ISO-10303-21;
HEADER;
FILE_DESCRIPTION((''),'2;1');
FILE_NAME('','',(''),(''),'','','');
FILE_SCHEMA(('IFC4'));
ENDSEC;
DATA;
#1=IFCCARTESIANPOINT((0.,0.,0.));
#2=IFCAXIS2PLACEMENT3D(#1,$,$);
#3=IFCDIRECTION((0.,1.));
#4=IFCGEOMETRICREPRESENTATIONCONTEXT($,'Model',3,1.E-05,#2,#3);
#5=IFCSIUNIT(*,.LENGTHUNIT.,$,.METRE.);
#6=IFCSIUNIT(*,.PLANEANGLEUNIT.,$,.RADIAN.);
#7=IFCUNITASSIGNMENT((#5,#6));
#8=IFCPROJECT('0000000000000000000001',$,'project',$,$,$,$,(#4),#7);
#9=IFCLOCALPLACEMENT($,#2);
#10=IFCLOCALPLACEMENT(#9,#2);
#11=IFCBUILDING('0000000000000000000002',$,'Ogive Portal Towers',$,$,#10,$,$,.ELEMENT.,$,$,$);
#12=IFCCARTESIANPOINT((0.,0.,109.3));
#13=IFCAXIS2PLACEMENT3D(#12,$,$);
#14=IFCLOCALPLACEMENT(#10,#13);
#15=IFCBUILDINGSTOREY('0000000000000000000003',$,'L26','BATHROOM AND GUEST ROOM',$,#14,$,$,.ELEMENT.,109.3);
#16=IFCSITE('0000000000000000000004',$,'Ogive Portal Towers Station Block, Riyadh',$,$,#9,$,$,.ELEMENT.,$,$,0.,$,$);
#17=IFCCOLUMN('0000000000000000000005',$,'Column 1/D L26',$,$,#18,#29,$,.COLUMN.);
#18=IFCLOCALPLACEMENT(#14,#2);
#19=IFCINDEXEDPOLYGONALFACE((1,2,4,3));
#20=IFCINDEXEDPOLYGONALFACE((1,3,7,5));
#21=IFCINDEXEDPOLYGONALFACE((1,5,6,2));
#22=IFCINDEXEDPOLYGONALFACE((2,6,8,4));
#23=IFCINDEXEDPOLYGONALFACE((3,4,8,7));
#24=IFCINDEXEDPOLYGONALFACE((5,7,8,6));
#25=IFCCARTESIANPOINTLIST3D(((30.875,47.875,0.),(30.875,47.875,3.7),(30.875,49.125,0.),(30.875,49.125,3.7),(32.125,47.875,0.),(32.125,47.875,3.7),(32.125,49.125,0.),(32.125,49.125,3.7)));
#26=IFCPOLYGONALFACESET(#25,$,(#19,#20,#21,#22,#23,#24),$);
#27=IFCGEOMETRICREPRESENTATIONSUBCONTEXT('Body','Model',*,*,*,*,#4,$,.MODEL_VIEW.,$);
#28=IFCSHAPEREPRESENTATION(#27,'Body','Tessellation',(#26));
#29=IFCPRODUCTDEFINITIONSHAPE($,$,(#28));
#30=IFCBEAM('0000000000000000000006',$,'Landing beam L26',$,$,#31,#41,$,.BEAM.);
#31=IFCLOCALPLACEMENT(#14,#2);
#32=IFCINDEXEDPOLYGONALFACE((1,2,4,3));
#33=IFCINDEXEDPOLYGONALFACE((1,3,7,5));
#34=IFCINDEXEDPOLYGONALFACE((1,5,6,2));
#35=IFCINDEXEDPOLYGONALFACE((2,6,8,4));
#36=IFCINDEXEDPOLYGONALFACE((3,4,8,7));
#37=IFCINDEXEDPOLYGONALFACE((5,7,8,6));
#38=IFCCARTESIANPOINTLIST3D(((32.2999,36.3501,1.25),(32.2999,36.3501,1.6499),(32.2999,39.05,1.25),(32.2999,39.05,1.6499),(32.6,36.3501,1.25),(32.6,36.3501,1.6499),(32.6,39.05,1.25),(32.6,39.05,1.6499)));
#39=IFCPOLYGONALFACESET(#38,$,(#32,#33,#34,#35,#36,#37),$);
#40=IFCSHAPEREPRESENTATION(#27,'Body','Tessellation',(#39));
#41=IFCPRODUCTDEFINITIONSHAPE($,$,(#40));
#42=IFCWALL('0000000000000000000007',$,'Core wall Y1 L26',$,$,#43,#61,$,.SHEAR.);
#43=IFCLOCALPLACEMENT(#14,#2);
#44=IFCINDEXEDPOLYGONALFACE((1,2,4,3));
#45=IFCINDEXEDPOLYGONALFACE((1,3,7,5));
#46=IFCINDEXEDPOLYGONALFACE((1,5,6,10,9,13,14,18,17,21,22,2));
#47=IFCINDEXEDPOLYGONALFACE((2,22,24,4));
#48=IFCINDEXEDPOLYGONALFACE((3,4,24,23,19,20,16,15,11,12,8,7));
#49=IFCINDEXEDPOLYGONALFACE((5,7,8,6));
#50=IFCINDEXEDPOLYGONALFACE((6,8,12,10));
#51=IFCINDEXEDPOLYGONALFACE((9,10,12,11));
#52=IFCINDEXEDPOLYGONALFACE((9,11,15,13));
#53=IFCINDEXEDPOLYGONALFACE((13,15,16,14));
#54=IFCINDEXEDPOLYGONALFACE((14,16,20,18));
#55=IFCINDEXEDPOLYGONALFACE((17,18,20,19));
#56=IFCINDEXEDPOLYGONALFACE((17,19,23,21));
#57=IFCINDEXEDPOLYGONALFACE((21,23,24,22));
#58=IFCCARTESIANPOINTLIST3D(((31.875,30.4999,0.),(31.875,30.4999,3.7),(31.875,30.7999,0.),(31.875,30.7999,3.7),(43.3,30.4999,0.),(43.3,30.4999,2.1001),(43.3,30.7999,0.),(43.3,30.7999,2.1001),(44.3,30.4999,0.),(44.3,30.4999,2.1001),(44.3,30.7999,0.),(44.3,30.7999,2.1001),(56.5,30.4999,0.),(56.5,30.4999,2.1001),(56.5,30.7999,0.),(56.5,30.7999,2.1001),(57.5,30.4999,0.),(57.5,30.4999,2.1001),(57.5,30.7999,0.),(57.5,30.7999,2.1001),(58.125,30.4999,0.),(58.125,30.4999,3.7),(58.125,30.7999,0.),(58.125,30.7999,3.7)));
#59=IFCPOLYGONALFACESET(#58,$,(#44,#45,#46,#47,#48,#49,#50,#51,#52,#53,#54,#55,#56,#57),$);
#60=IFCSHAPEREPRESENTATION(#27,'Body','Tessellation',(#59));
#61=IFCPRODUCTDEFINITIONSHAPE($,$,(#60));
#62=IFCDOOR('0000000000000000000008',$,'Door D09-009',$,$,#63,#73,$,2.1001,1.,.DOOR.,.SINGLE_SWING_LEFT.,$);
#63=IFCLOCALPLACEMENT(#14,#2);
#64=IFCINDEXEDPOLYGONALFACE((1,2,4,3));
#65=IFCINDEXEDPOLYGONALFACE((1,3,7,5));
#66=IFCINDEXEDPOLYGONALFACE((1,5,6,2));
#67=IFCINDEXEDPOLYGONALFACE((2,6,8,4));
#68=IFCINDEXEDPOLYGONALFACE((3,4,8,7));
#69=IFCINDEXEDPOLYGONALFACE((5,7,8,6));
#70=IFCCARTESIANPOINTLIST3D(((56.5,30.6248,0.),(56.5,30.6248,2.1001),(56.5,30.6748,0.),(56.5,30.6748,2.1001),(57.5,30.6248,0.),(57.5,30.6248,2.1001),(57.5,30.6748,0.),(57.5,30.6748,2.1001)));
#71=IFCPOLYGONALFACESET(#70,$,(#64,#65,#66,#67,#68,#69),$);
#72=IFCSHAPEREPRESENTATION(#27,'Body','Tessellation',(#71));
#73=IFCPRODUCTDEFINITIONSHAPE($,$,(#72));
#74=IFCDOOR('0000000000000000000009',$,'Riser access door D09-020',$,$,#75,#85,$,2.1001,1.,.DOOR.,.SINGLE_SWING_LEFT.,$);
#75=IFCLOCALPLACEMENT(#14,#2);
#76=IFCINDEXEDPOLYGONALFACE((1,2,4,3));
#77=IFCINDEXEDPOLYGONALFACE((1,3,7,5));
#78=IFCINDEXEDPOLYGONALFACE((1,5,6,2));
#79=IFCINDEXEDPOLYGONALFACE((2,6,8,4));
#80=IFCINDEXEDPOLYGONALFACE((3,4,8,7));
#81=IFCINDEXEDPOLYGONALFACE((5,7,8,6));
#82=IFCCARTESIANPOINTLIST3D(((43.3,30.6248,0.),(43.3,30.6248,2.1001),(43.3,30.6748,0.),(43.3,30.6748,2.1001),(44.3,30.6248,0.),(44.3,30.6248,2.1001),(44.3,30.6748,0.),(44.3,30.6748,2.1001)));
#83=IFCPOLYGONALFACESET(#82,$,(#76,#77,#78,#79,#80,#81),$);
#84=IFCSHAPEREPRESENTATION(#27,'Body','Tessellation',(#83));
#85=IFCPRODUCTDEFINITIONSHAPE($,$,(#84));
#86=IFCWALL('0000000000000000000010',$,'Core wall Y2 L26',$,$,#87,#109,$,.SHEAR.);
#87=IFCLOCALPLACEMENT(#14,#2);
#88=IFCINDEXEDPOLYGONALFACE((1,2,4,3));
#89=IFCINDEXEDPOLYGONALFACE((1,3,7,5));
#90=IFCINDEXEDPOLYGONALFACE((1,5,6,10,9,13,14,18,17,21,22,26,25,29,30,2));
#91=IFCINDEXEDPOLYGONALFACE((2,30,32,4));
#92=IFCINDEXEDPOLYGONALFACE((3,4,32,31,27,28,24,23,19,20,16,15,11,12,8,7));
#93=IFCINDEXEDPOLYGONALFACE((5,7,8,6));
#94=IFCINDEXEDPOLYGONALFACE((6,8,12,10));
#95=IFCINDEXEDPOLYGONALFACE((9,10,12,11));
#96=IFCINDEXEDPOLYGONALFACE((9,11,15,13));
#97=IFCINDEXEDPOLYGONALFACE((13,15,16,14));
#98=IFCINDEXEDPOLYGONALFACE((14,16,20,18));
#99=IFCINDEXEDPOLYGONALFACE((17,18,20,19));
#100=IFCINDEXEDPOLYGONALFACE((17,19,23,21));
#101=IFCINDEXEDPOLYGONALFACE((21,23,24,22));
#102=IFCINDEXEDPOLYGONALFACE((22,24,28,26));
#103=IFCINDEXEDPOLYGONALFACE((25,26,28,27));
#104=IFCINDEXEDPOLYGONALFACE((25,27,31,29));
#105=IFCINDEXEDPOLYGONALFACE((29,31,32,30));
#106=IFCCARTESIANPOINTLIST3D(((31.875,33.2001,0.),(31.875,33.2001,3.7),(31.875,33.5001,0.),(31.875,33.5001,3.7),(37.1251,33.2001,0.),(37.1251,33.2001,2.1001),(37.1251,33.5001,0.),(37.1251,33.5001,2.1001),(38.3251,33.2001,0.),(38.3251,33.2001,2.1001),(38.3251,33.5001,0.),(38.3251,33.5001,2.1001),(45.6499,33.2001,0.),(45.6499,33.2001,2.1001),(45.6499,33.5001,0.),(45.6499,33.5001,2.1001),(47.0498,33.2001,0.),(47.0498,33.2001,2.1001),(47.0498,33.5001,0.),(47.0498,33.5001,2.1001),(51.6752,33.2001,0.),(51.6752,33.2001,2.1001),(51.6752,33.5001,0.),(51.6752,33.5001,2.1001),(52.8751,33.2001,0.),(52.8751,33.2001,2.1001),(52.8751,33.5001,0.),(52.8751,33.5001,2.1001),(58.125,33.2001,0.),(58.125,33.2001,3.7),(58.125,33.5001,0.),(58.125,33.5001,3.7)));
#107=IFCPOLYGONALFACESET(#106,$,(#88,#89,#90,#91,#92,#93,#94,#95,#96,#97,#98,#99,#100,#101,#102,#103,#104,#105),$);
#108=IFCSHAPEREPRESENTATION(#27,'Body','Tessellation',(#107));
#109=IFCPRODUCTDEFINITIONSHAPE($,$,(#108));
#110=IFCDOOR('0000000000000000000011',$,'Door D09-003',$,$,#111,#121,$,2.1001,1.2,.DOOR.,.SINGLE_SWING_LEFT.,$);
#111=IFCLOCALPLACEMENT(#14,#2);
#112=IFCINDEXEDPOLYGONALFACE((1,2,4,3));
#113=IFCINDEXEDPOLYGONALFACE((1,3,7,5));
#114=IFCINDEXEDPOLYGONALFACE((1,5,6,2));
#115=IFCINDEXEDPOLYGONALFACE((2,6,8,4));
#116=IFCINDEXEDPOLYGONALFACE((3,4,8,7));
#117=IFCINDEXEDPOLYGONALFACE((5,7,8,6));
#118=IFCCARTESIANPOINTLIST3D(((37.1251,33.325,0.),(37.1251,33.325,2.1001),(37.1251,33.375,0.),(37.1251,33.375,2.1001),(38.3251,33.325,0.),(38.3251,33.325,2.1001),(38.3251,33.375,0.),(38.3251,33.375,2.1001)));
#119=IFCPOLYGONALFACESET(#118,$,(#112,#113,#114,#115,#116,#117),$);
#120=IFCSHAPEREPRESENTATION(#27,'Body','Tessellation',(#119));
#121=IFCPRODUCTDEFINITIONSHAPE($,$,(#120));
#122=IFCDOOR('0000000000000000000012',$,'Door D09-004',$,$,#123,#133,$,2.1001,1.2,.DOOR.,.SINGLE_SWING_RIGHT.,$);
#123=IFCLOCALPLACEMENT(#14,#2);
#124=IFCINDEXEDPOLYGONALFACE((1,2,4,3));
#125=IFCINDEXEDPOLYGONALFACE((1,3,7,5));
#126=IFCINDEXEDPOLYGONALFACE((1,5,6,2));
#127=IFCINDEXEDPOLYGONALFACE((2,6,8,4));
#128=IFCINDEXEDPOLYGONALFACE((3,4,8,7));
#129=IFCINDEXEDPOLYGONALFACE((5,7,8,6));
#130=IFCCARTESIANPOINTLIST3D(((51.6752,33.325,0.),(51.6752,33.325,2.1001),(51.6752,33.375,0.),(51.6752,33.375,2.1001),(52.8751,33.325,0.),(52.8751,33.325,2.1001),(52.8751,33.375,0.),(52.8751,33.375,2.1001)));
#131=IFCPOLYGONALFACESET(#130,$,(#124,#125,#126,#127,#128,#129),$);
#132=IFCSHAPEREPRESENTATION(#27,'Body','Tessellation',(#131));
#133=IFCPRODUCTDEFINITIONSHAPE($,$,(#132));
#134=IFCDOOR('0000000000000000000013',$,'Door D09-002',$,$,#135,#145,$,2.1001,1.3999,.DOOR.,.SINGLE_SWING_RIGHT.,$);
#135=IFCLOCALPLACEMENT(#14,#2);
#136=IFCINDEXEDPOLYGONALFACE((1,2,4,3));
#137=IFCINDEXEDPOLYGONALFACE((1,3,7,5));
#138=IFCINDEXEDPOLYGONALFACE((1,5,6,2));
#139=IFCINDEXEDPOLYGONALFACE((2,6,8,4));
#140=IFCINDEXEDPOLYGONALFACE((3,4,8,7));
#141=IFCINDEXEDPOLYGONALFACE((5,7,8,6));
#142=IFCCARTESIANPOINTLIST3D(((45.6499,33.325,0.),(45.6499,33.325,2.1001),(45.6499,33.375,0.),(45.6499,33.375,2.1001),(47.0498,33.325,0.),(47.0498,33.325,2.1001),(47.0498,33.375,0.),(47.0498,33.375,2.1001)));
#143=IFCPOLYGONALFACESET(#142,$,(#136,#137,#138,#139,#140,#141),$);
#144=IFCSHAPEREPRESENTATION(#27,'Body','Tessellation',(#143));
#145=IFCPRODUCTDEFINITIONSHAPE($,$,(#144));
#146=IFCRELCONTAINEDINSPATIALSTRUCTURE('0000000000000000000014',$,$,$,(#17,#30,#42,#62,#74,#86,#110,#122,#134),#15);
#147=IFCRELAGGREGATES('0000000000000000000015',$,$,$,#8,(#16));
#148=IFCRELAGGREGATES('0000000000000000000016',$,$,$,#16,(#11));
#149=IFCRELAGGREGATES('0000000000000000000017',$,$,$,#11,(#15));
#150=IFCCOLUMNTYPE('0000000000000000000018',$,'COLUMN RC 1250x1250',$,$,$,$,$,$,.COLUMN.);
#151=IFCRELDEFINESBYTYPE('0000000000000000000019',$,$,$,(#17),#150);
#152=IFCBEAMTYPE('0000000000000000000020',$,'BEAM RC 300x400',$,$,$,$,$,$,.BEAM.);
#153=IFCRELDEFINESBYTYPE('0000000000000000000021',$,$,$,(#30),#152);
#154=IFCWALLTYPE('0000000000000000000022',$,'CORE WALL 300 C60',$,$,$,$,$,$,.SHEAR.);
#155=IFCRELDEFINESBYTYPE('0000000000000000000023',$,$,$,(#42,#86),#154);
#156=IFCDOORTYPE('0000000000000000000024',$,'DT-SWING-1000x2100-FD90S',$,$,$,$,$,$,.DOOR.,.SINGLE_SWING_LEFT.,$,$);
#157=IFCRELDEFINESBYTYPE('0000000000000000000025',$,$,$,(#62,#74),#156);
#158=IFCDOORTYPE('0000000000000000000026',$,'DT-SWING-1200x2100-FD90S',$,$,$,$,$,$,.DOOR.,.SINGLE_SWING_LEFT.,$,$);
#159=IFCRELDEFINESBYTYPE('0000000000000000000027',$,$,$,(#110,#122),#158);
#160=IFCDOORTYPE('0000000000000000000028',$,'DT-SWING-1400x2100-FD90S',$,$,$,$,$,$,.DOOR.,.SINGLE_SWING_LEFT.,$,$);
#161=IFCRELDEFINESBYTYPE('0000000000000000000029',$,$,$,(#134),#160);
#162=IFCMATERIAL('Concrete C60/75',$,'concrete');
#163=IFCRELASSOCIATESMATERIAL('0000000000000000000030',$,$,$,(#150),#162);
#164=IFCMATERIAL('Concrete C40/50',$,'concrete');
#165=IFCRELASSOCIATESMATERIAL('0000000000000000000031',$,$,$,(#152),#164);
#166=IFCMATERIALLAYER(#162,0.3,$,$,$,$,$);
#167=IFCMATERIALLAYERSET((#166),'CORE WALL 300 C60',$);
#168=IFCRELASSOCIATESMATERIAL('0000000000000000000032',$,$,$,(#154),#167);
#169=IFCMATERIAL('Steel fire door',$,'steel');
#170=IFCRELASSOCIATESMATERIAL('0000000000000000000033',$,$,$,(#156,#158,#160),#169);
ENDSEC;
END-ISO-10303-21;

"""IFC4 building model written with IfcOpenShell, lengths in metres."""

from ifc_helpers import new_model, si_unit, direction, frame, frame_2d, origin, origin_2d, place, context, subcontext, project, spatial, rectangle, extrude, material, layer, layer_set, material_profile, profile_set, type_object, element, fill, save


model = new_model("IFC4")

# Units and contexts
model_context = context("Model", 3, precision=1e-05, world=origin(), true_north=direction((0.0, 1.0)))
body_context = subcontext(model_context, "Body", "Model", "MODEL_VIEW")
ifc_project = project(units=[si_unit("LENGTHUNIT", "METRE"), si_unit("PLANEANGLEUNIT", "RADIAN")], contexts=[model_context])

# Site, building, storey
site_placement = place(None, origin())
site = spatial("IfcSite", under=ifc_project, at=site_placement, Name="Ogive Portal Towers Station Block, Riyadh", CompositionType="ELEMENT", RefElevation=0.0)
building_placement = place(site_placement, origin())
building = spatial("IfcBuilding", under=site, at=building_placement, Name="Ogive Portal Towers", CompositionType="ELEMENT")
storey_placement = place(building_placement, frame((0.0, 0.0, 109.3)))
storey = spatial("IfcBuildingStorey", under=building, at=storey_placement, Name="L26", Description="BATHROOM AND GUEST ROOM", CompositionType="ELEMENT", Elevation=109.3)

# Column
ifc_material_1 = material(Name="Concrete C60/75", Category="concrete")
ifc_material_profile_1 = material_profile(ifc_material_1, rectangle(XDim=1.25, YDim=1.25, at=origin_2d()), Name="RC 1250x1250")
ifc_profile_set_1 = profile_set([ifc_material_profile_1], Name="Concrete C60/75")
column_type = type_object("IfcColumnType", Name="COLUMN RC 1250x1250", PredefinedType="COLUMN", material=ifc_profile_set_1)
column_placement = place(storey_placement, frame((31.5, 48.5, 0.0), z_axis=(0.0, 0.0, 1.0), x_axis=(1.0, 0.0, 0.0)))
element("IfcColumn", 1, at=column_placement, inside=storey, type_object=column_type, Name="Column 1/D L26", PredefinedType="COLUMN", context=body_context, shape_type="SweptSolid", body=[
    extrude(rectangle(XDim=1.25, YDim=1.25, at=origin_2d()), origin(), (0.0, 0.0, 1.0), 3.7),
])

# Beam
ifc_material_2 = material(Name="Concrete C40/50", Category="concrete")
ifc_material_profile_2 = material_profile(ifc_material_2, rectangle(XDim=0.3, YDim=0.3999, at=origin_2d()), Name="RC 300x400")
ifc_profile_set_2 = profile_set([ifc_material_profile_2], Name="Concrete C40/50")
beam_type = type_object("IfcBeamType", Name="BEAM RC 300x400", PredefinedType="BEAM", material=ifc_profile_set_2)
beam_placement = place(storey_placement, frame((32.45, 36.3501, 1.45), z_axis=(0.0, 1.0, 0.0), x_axis=(-1.0, 0.0, 0.0)))
element("IfcBeam", 2, at=beam_placement, inside=storey, type_object=beam_type, Name="Landing beam L26", PredefinedType="BEAM", context=body_context, shape_type="SweptSolid", body=[
    extrude(rectangle(XDim=0.3, YDim=0.3999, at=origin_2d()), origin(), (0.0, 0.0, 1.0), 2.7),
])

# Walls, openings, doors
ifc_layer_1 = layer(ifc_material_1, 0.3)
ifc_layer_set_1 = layer_set([ifc_layer_1], Name="CORE WALL 300 C60")
wall_type_1 = type_object("IfcWallType", Name="CORE WALL 300 C60", PredefinedType="SHEAR", material=ifc_layer_set_1)
wall_1_placement = place(storey_placement, frame((31.875, 30.6499, 0.0), z_axis=(0.0, 0.0, 1.0), x_axis=(1.0, 0.0, 0.0)))
wall_1 = element("IfcWall", 3, at=wall_1_placement, inside=storey, type_object=wall_type_1, Name="Core wall Y1 L26", PredefinedType="SHEAR", context=body_context, shape_type="SweptSolid", body=[
    extrude(rectangle(XDim=26.25, YDim=0.3, at=frame_2d((13.125, 0.0))), origin(), (0.0, 0.0, 1.0), 3.7),
])
opening_1_placement = place(wall_1_placement, frame((24.625, 0.0, 0.0)))
opening_1 = element("IfcOpeningElement", 4, at=opening_1_placement, cuts=wall_1, PredefinedType="OPENING", context=body_context, shape_type="SweptSolid", body=[
    extrude(rectangle(XDim=1.0, YDim=2.1001, at=frame_2d((0.5, 1.05))), frame((0.0, 0.1602, 0.0), z_axis=(0.0, -1.0, 0.0), x_axis=(1.0, 0.0, 0.0)), (0.0, 0.0, 1.0), 0.3201),
])
opening_2_placement = place(wall_1_placement, frame((11.425, 0.0, 0.0)))
opening_2 = element("IfcOpeningElement", 5, at=opening_2_placement, cuts=wall_1, PredefinedType="OPENING", context=body_context, shape_type="SweptSolid", body=[
    extrude(rectangle(XDim=1.0, YDim=2.1001, at=frame_2d((0.5, 1.05))), frame((0.0, 0.1602, 0.0), z_axis=(0.0, -1.0, 0.0), x_axis=(1.0, 0.0, 0.0)), (0.0, 0.0, 1.0), 0.3201),
])
ifc_material_3 = material(Name="Steel fire door", Category="steel")
door_type_1 = type_object("IfcDoorType", Name="DT-SWING-1000x2100-FD90S", OperationType="SINGLE_SWING_LEFT", PredefinedType="DOOR", material=ifc_material_3)
door_1_placement = place(opening_1_placement, origin())
door_1 = element("IfcDoor", 6, at=door_1_placement, inside=storey, type_object=door_type_1, Name="Door D09-009", OperationType="SINGLE_SWING_LEFT", OverallHeight=2.1001, OverallWidth=1.0, PredefinedType="DOOR", context=body_context, shape_type="SweptSolid", body=[
    extrude(rectangle(XDim=1.0, YDim=2.1001, at=frame_2d((0.5, 1.05))), frame((0.0, 0.0249, 0.0), z_axis=(0.0, -1.0, 0.0), x_axis=(1.0, 0.0, 0.0)), (0.0, 0.0, 1.0), 0.05),
])
fill(opening_1, door_1)
door_2_placement = place(opening_2_placement, origin())
door_2 = element("IfcDoor", 7, at=door_2_placement, inside=storey, type_object=door_type_1, Name="Riser access door D09-020", OperationType="SINGLE_SWING_LEFT", OverallHeight=2.1001, OverallWidth=1.0, PredefinedType="DOOR", context=body_context, shape_type="SweptSolid", body=[
    extrude(rectangle(XDim=1.0, YDim=2.1001, at=frame_2d((0.5, 1.05))), frame((0.0, 0.0249, 0.0), z_axis=(0.0, -1.0, 0.0), x_axis=(1.0, 0.0, 0.0)), (0.0, 0.0, 1.0), 0.05),
])
fill(opening_2, door_2)
wall_2_placement = place(storey_placement, frame((31.875, 33.3501, 0.0), z_axis=(0.0, 0.0, 1.0), x_axis=(1.0, 0.0, 0.0)))
wall_2 = element("IfcWall", 8, at=wall_2_placement, inside=storey, type_object=wall_type_1, Name="Core wall Y2 L26", PredefinedType="SHEAR", context=body_context, shape_type="SweptSolid", body=[
    extrude(rectangle(XDim=26.25, YDim=0.3, at=frame_2d((13.125, 0.0))), origin(), (0.0, 0.0, 1.0), 3.7),
])
opening_3_placement = place(wall_2_placement, frame((13.7749, 0.0, 0.0)))
opening_3 = element("IfcOpeningElement", 9, at=opening_3_placement, cuts=wall_2, PredefinedType="OPENING", context=body_context, shape_type="SweptSolid", body=[
    extrude(rectangle(XDim=1.3999, YDim=2.1001, at=frame_2d((0.7, 1.05))), frame((0.0, 0.1602, 0.0), z_axis=(0.0, -1.0, 0.0), x_axis=(1.0, 0.0, 0.0)), (0.0, 0.0, 1.0), 0.3201),
])
opening_4_placement = place(wall_2_placement, frame((5.25, 0.0, 0.0)))
opening_4 = element("IfcOpeningElement", 10, at=opening_4_placement, cuts=wall_2, PredefinedType="OPENING", context=body_context, shape_type="SweptSolid", body=[
    extrude(rectangle(XDim=1.2, YDim=2.1001, at=frame_2d((0.6001, 1.05))), frame((0.0, 0.1602, 0.0), z_axis=(0.0, -1.0, 0.0), x_axis=(1.0, 0.0, 0.0)), (0.0, 0.0, 1.0), 0.3201),
])
opening_5_placement = place(wall_2_placement, frame((19.8, 0.0, 0.0)))
opening_5 = element("IfcOpeningElement", 11, at=opening_5_placement, cuts=wall_2, PredefinedType="OPENING", context=body_context, shape_type="SweptSolid", body=[
    extrude(rectangle(XDim=1.2, YDim=2.1001, at=frame_2d((0.6001, 1.05))), frame((0.0, 0.1602, 0.0), z_axis=(0.0, -1.0, 0.0), x_axis=(1.0, 0.0, 0.0)), (0.0, 0.0, 1.0), 0.3201),
])
door_type_2 = type_object("IfcDoorType", Name="DT-SWING-1200x2100-FD90S", OperationType="SINGLE_SWING_LEFT", PredefinedType="DOOR", material=ifc_material_3)
door_3_placement = place(opening_4_placement, origin())
door_3 = element("IfcDoor", 12, at=door_3_placement, inside=storey, type_object=door_type_2, Name="Door D09-003", OperationType="SINGLE_SWING_LEFT", OverallHeight=2.1001, OverallWidth=1.2, PredefinedType="DOOR", context=body_context, shape_type="SweptSolid", body=[
    extrude(rectangle(XDim=1.2, YDim=2.1001, at=frame_2d((0.6001, 1.05))), frame((0.0, 0.0249, 0.0), z_axis=(0.0, -1.0, 0.0), x_axis=(1.0, 0.0, 0.0)), (0.0, 0.0, 1.0), 0.05),
])
fill(opening_4, door_3)
door_4_placement = place(opening_5_placement, origin())
door_4 = element("IfcDoor", 13, at=door_4_placement, inside=storey, type_object=door_type_2, Name="Door D09-004", OperationType="SINGLE_SWING_RIGHT", OverallHeight=2.1001, OverallWidth=1.2, PredefinedType="DOOR", context=body_context, shape_type="SweptSolid", body=[
    extrude(rectangle(XDim=1.2, YDim=2.1001, at=frame_2d((0.6001, 1.05))), frame((0.0, 0.0249, 0.0), z_axis=(0.0, -1.0, 0.0), x_axis=(1.0, 0.0, 0.0)), (0.0, 0.0, 1.0), 0.05),
])
fill(opening_5, door_4)
door_type_3 = type_object("IfcDoorType", Name="DT-SWING-1400x2100-FD90S", OperationType="SINGLE_SWING_LEFT", PredefinedType="DOOR", material=ifc_material_3)
door_5_placement = place(opening_3_placement, origin())
door_5 = element("IfcDoor", 14, at=door_5_placement, inside=storey, type_object=door_type_3, Name="Door D09-002", OperationType="SINGLE_SWING_RIGHT", OverallHeight=2.1001, OverallWidth=1.3999, PredefinedType="DOOR", context=body_context, shape_type="SweptSolid", body=[
    extrude(rectangle(XDim=1.3999, YDim=2.1001, at=frame_2d((0.7, 1.05))), frame((0.0, 0.0249, 0.0), z_axis=(0.0, -1.0, 0.0), x_axis=(1.0, 0.0, 0.0)), (0.0, 0.0, 1.0), 0.05),
])
fill(opening_3, door_5)

save(model, "model.ifc")
